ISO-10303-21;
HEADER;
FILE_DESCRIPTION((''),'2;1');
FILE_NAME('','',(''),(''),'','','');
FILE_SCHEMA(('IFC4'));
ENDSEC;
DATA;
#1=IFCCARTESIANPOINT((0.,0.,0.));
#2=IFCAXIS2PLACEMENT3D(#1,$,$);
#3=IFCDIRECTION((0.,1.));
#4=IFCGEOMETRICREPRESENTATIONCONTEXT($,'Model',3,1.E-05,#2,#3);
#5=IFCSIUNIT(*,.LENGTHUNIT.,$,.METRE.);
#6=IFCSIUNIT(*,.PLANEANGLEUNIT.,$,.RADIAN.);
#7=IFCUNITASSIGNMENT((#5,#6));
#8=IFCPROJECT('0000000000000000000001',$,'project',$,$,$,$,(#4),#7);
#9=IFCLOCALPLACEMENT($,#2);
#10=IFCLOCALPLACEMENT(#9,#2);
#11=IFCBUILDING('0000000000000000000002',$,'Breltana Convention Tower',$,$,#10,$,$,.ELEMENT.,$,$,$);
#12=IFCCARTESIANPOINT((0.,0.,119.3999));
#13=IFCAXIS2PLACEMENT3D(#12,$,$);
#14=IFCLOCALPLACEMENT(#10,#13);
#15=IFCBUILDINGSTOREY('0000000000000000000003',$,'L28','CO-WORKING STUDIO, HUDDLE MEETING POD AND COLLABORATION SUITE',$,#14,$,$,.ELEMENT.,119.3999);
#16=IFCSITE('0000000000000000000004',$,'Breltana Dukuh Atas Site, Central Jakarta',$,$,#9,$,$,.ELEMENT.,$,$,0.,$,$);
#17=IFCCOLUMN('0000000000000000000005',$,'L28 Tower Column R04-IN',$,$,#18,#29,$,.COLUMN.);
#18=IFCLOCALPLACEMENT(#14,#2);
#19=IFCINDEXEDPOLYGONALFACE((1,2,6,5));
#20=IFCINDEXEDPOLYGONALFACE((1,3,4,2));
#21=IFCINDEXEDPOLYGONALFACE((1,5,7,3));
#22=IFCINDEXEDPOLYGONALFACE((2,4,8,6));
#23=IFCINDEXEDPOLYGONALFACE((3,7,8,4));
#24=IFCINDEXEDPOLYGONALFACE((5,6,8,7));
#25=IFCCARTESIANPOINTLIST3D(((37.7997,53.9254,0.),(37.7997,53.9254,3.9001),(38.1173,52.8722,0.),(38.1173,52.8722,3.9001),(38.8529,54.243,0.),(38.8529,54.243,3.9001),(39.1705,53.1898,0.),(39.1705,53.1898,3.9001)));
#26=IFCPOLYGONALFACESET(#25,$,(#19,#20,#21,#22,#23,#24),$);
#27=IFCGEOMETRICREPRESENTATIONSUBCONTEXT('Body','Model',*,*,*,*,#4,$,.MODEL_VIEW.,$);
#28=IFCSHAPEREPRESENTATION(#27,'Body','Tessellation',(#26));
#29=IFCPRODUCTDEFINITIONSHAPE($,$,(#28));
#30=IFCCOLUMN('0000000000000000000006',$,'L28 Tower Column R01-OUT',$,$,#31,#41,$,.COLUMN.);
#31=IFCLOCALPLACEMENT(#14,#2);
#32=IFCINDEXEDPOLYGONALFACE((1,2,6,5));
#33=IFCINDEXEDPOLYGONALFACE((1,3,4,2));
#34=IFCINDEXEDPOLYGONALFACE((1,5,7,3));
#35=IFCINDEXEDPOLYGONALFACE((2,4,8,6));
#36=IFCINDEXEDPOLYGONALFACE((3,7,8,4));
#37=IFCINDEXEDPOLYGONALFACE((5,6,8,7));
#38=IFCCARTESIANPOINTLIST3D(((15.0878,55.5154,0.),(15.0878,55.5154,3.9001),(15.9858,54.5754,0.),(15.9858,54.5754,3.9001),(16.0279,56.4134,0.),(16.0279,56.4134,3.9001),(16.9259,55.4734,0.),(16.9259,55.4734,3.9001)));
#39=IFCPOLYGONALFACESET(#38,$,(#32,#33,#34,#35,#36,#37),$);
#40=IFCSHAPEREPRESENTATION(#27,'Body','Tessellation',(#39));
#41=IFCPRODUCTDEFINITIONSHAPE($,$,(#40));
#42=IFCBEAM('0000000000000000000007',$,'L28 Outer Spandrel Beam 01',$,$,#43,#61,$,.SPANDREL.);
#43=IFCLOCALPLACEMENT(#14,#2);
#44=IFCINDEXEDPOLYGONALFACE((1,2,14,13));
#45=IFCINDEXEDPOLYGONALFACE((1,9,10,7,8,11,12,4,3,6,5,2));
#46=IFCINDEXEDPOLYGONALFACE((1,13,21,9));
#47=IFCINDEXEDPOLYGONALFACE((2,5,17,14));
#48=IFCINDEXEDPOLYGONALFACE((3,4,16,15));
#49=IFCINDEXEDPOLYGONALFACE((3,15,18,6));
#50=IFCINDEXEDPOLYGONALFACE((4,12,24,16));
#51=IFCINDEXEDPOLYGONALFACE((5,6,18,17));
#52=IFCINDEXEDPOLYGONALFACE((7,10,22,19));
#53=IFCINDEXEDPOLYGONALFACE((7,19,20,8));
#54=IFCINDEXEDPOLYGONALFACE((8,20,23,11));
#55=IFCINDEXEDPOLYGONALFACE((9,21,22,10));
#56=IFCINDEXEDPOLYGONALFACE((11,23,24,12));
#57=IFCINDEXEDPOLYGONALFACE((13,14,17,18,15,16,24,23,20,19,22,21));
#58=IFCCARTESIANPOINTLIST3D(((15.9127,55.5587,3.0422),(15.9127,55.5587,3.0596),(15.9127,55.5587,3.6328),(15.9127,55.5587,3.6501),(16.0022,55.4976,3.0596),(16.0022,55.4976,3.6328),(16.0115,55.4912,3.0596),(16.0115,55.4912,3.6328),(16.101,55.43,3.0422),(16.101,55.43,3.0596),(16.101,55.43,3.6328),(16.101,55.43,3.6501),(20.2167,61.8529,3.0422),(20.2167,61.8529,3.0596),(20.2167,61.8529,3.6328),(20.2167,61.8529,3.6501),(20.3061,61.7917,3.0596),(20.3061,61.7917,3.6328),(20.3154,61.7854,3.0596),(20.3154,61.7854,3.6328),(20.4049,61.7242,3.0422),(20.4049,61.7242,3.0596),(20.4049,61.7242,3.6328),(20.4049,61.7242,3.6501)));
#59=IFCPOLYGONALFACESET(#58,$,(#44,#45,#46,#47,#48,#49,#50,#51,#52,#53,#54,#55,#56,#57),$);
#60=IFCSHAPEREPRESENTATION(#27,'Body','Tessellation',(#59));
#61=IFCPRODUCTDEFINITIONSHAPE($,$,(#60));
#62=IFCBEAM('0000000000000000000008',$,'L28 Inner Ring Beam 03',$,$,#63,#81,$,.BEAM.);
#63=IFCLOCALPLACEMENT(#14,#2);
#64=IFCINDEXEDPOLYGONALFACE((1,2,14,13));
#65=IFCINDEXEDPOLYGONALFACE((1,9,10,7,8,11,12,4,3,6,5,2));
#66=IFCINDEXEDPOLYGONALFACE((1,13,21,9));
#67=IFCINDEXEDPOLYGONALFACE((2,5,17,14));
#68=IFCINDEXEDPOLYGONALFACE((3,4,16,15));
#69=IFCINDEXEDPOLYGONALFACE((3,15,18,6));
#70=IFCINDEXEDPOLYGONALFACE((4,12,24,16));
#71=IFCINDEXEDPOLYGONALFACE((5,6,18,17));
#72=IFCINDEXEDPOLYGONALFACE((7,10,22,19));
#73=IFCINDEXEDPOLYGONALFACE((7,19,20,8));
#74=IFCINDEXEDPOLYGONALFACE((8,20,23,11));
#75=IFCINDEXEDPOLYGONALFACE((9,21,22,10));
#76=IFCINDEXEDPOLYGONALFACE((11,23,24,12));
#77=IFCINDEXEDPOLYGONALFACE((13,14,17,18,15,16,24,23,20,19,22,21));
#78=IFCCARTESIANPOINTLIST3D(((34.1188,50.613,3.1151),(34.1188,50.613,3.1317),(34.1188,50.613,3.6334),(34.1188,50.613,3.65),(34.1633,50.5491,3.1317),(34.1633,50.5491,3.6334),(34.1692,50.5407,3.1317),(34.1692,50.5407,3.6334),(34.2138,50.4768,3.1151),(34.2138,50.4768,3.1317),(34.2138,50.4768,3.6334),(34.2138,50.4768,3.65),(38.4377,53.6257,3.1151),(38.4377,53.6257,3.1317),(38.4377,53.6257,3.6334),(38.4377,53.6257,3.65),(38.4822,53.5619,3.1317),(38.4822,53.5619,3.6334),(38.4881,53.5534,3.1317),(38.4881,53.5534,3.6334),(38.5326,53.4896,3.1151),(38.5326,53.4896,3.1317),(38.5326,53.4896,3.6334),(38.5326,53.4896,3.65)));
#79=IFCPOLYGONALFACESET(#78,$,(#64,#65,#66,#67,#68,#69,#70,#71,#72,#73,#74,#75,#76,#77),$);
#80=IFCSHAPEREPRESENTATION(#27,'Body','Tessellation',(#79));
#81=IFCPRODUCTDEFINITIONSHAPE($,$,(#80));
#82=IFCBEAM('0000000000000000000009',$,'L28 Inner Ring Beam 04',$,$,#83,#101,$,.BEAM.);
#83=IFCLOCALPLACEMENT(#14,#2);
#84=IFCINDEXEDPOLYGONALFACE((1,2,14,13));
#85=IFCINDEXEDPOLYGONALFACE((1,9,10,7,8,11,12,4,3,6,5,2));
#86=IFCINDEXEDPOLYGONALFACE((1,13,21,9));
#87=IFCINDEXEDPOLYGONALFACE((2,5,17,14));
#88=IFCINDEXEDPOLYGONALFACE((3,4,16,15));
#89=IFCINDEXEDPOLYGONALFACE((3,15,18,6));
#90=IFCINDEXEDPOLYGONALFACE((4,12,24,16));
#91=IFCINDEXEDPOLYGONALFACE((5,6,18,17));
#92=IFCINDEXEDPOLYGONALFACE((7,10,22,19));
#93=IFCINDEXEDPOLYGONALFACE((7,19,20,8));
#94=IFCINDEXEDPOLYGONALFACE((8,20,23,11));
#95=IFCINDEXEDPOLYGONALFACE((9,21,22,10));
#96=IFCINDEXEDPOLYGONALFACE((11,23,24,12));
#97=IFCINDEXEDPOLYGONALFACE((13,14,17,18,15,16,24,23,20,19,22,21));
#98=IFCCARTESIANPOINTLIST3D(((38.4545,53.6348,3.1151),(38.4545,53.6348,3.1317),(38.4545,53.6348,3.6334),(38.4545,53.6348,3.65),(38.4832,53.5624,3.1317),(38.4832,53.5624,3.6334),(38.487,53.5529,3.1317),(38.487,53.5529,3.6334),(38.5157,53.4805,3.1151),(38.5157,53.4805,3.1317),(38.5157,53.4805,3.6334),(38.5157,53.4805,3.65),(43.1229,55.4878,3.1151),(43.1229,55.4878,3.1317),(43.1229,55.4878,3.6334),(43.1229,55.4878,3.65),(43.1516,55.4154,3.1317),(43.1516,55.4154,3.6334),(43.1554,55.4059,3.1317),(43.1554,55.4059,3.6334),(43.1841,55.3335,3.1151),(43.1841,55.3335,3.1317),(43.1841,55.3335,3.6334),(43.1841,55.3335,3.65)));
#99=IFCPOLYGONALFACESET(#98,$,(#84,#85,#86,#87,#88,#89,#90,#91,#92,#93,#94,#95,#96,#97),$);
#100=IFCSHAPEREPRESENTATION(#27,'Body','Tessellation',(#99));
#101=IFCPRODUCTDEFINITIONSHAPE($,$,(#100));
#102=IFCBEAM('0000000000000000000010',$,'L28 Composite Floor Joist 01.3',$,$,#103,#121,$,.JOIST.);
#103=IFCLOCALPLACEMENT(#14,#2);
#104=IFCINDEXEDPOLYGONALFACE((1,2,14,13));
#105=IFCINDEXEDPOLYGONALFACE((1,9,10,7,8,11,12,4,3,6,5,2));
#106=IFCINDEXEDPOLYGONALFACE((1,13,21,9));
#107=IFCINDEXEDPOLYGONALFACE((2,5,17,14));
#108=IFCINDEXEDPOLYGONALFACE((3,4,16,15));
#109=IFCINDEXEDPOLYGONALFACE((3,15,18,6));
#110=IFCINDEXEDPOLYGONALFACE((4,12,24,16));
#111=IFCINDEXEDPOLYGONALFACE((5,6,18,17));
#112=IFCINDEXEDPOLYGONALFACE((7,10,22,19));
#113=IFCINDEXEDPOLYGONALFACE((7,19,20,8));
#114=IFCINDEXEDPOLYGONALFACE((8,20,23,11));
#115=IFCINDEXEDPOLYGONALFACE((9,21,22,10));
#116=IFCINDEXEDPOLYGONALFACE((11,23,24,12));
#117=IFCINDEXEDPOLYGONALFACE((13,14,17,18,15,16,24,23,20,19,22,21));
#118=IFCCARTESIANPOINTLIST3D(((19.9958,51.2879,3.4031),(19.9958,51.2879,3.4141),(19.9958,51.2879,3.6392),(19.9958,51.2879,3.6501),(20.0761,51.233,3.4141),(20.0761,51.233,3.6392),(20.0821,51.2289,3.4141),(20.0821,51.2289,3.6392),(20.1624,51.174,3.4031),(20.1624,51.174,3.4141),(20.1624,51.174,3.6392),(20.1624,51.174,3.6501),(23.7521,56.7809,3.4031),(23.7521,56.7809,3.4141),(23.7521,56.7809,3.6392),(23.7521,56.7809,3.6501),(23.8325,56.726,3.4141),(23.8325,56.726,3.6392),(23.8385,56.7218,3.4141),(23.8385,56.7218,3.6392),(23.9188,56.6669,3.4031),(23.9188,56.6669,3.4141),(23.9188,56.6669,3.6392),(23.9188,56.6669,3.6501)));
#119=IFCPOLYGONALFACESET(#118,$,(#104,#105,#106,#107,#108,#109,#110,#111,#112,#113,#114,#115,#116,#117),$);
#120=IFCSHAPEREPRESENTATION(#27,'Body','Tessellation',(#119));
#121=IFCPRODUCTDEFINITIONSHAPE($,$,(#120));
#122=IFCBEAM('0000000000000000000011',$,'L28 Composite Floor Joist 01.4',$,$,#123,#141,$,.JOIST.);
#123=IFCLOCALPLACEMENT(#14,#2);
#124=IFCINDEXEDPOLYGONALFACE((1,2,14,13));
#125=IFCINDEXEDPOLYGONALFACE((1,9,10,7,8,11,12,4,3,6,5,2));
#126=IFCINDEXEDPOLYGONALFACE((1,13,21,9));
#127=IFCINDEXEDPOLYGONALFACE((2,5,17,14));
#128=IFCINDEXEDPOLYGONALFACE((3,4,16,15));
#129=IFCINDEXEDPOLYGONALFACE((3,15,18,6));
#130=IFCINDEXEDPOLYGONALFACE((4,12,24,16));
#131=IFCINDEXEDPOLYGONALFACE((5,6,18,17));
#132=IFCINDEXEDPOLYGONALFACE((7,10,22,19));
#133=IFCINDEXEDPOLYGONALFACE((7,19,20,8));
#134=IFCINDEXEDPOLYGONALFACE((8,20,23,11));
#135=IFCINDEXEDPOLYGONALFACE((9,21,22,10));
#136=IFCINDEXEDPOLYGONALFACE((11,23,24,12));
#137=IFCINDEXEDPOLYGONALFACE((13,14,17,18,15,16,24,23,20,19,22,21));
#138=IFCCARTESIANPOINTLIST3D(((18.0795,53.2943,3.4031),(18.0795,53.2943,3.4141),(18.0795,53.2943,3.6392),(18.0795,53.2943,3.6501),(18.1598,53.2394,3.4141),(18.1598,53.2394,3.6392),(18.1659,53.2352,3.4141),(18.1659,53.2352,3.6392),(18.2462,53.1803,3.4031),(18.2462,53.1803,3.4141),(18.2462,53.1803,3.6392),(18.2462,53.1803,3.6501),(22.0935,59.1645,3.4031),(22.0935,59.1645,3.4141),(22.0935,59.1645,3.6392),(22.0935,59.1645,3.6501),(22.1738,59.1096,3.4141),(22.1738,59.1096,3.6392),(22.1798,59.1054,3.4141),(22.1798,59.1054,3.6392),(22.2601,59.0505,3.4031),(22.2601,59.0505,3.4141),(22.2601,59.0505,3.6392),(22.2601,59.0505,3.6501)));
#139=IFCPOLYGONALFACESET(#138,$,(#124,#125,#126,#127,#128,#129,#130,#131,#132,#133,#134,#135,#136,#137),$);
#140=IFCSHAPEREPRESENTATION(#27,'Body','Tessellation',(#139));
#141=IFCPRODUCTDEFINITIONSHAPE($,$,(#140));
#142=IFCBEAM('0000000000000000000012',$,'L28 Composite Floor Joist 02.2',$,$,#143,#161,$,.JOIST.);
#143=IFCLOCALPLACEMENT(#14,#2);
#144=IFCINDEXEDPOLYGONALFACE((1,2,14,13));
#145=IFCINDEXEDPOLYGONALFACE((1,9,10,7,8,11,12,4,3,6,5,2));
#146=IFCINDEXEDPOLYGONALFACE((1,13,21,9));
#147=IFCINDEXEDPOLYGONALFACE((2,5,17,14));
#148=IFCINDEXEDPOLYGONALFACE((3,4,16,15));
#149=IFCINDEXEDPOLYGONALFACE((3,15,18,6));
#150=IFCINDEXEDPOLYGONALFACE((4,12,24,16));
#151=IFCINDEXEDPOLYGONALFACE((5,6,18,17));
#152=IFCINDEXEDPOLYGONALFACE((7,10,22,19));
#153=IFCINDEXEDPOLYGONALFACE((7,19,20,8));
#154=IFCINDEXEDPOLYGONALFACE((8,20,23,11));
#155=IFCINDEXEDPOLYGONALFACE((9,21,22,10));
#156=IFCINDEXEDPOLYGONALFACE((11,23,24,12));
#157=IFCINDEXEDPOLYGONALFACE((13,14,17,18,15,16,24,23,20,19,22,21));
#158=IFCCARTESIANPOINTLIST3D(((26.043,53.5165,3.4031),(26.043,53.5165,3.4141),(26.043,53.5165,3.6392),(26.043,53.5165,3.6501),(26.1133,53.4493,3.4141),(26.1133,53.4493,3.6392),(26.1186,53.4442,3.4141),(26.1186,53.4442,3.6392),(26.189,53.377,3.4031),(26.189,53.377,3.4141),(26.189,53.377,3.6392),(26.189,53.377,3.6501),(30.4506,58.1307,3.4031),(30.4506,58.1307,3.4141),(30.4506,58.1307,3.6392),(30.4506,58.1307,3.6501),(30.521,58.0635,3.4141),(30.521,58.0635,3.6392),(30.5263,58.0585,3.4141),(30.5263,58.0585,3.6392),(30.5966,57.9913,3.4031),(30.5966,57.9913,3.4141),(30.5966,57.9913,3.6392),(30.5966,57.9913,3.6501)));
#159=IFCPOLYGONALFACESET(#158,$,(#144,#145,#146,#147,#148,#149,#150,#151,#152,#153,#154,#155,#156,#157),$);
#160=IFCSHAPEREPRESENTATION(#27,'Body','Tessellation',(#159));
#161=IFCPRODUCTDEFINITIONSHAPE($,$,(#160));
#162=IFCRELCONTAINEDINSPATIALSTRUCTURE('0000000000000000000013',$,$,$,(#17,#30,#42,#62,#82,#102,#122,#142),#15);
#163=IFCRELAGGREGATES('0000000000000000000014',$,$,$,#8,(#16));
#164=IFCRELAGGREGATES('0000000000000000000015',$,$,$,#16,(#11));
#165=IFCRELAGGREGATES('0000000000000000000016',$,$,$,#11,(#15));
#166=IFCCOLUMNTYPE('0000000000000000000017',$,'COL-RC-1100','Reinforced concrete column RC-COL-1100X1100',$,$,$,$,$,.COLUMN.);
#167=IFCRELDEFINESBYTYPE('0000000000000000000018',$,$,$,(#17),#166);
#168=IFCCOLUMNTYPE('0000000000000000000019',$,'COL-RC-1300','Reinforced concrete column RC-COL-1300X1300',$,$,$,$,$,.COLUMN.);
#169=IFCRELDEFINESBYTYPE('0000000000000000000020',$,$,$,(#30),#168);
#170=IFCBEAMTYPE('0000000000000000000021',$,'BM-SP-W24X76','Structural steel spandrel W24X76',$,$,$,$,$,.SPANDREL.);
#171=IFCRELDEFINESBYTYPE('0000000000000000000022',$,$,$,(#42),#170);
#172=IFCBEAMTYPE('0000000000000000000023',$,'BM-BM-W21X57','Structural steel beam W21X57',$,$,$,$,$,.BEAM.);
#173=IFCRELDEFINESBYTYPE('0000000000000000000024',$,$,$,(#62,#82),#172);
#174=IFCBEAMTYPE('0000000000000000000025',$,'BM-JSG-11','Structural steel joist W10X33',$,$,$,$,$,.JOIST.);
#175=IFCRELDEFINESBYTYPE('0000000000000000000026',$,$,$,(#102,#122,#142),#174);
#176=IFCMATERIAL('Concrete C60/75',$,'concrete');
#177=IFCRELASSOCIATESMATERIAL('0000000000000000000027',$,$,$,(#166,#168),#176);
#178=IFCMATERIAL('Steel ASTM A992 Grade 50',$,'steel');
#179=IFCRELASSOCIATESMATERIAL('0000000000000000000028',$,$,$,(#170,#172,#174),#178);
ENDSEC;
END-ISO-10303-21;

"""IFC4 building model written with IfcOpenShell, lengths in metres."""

from ifc_helpers import new_model, si_unit, direction, frame, origin, origin_2d, place, context, subcontext, project, spatial, rectangle, i_section, extrude, source, transform, mapped, material, material_profile, profile_set, type_object, type_shapes, element, save


model = new_model("IFC4")

# Units and contexts
model_context = context("Model", 3, precision=1e-05, world=origin(), true_north=direction((0.0, 1.0)))
body_context = subcontext(model_context, "Body", "Model", "MODEL_VIEW")
ifc_project = project(units=[si_unit("LENGTHUNIT", "METRE"), si_unit("PLANEANGLEUNIT", "RADIAN")], contexts=[model_context])

# Site, building, storey
site_placement = place(None, origin())
site = spatial("IfcSite", under=ifc_project, at=site_placement, Name="Breltana Dukuh Atas Site, Central Jakarta", CompositionType="ELEMENT", RefElevation=0.0)
building_placement = place(site_placement, origin())
building = spatial("IfcBuilding", under=site, at=building_placement, Name="Breltana Convention Tower", CompositionType="ELEMENT")
storey_placement = place(building_placement, frame((0.0, 0.0, 119.3999)))
storey = spatial("IfcBuildingStorey", under=building, at=storey_placement, Name="L28", Description="CO-WORKING STUDIO, HUDDLE MEETING POD AND COLLABORATION SUITE", CompositionType="ELEMENT", Elevation=119.3999)

# Columns
ifc_material_1 = material(Name="Concrete C60/75", Category="concrete")
ifc_material_profile_1 = material_profile(ifc_material_1, rectangle(XDim=1.1001, YDim=1.1001, at=origin_2d()), Name="RC-COL-1100X1100")
ifc_profile_set_1 = profile_set([ifc_material_profile_1], Name="Concrete C60/75")
column_type_1 = type_object("IfcColumnType", Name="COL-RC-1100", Description="Reinforced concrete column RC-COL-1100X1100", PredefinedType="COLUMN", material=ifc_profile_set_1)
shared_shape_1 = source(origin(), body_context, "Body", "SweptSolid", [
    extrude(rectangle(XDim=1.1001, YDim=1.1001, at=origin_2d()), origin(), (0.0, 0.0, 1.0), 3.9001),
])
column_1_placement = place(storey_placement, frame((38.4851, 53.5576, 0.0), z_axis=(0.0, 0.0, 1.0), x_axis=(-0.288698, 0.95742, 0.0)))
element("IfcColumn", 1, at=column_1_placement, inside=storey, type_object=column_type_1, Name="L28 Tower Column R04-IN", PredefinedType="COLUMN", context=body_context, shape_type="MappedRepresentation", body=[
    mapped(shared_shape_1, transform((0.0, 0.0, 0.0), scale=1.0)),
])
ifc_material_profile_2 = material_profile(ifc_material_1, rectangle(XDim=1.3, YDim=1.3, at=origin_2d()), Name="RC-COL-1300X1300")
ifc_profile_set_2 = profile_set([ifc_material_profile_2], Name="Concrete C60/75")
column_type_2 = type_object("IfcColumnType", Name="COL-RC-1300", Description="Reinforced concrete column RC-COL-1300X1300", PredefinedType="COLUMN", material=ifc_profile_set_2)
shared_shape_2 = source(origin(), body_context, "Body", "SweptSolid", [
    extrude(rectangle(XDim=1.3, YDim=1.3, at=origin_2d()), origin(), (0.0, 0.0, 1.0), 3.9001),
])
column_2_placement = place(storey_placement, frame((16.0068, 55.4944, 0.0), z_axis=(0.0, 0.0, 1.0), x_axis=(-0.690756, 0.723088, 0.0)))
element("IfcColumn", 2, at=column_2_placement, inside=storey, type_object=column_type_2, Name="L28 Tower Column R01-OUT", PredefinedType="COLUMN", context=body_context, shape_type="MappedRepresentation", body=[
    mapped(shared_shape_2, transform((0.0, 0.0, 0.0), scale=1.0)),
])

# Beams
ifc_material_2 = material(Name="Steel ASTM A992 Grade 50", Category="steel")
ifc_material_profile_3 = material_profile(ifc_material_2, i_section(OverallWidth=0.228, OverallDepth=0.6079, WebThickness=0.0112, FlangeThickness=0.0173, at=origin_2d()), Name="W24X76")
ifc_profile_set_3 = profile_set([ifc_material_profile_3], Name="Steel ASTM A992 Grade 50")
beam_type_1 = type_object("IfcBeamType", Name="BM-SP-W24X76", Description="Structural steel spandrel W24X76", PredefinedType="SPANDREL", material=ifc_profile_set_3)
shared_shape_3 = source(origin(), body_context, "Body", "SweptSolid", [
    extrude(i_section(OverallWidth=0.228, OverallDepth=0.6079, WebThickness=0.0112, FlangeThickness=0.0173, at=origin_2d()), origin(), (0.0, 0.0, 1.0), 7.625),
])
type_shapes(beam_type_1, [shared_shape_3])
beam_1_placement = place(storey_placement, frame((16.0068, 55.4944, 3.3462), z_axis=(0.564452, 0.825466, 0.0), x_axis=(-0.825466, 0.564452, 0.0)))
element("IfcBeam", 3, at=beam_1_placement, inside=storey, type_object=beam_type_1, Name="L28 Outer Spandrel Beam 01", PredefinedType="SPANDREL", context=body_context, shape_type="MappedRepresentation", body=[
    mapped(shared_shape_3, transform((0.0, 0.0, 0.0), scale=1.0)),
])
ifc_material_profile_4 = material_profile(ifc_material_2, i_section(OverallWidth=0.166, OverallDepth=0.5349, WebThickness=0.0103, FlangeThickness=0.0166, at=origin_2d()), Name="W21X57")
ifc_profile_set_4 = profile_set([ifc_material_profile_4], Name="Steel ASTM A992 Grade 50")
beam_type_2 = type_object("IfcBeamType", Name="BM-BM-W21X57", Description="Structural steel beam W21X57", PredefinedType="BEAM", material=ifc_profile_set_4)
shared_shape_4 = source(origin(), body_context, "Body", "SweptSolid", [
    extrude(i_section(OverallWidth=0.166, OverallDepth=0.5349, WebThickness=0.0103, FlangeThickness=0.0166, at=origin_2d()), origin(), (0.0, 0.0, 1.0), 5.2659),
])
beam_2_placement = place(storey_placement, frame((34.1663, 50.5449, 3.3826), z_axis=(0.820167, 0.572124, 0.0), x_axis=(-0.572124, 0.820167, 0.0)))
element("IfcBeam", 4, at=beam_2_placement, inside=storey, type_object=beam_type_2, Name="L28 Inner Ring Beam 03", PredefinedType="BEAM", context=body_context, shape_type="MappedRepresentation", body=[
    mapped(shared_shape_4, transform((0.0, 0.0, 0.0), scale=1.0)),
])
shared_shape_5 = source(origin(), body_context, "Body", "SweptSolid", [
    extrude(i_section(OverallWidth=0.166, OverallDepth=0.5349, WebThickness=0.0103, FlangeThickness=0.0166, at=origin_2d()), origin(), (0.0, 0.0, 1.0), 5.0227),
])
beam_3_placement = place(storey_placement, frame((38.4851, 53.5576, 3.3826), z_axis=(0.929459, 0.368926, 0.0), x_axis=(-0.368926, 0.929459, 0.0)))
element("IfcBeam", 5, at=beam_3_placement, inside=storey, type_object=beam_type_2, Name="L28 Inner Ring Beam 04", PredefinedType="BEAM", context=body_context, shape_type="MappedRepresentation", body=[
    mapped(shared_shape_5, transform((0.0, 0.0, 0.0), scale=1.0)),
])
ifc_material_profile_5 = material_profile(ifc_material_2, i_section(OverallWidth=0.2019, OverallDepth=0.2471, WebThickness=0.0073, FlangeThickness=0.011, at=origin_2d()), Name="W10X33")
ifc_profile_set_5 = profile_set([ifc_material_profile_5], Name="Steel ASTM A992 Grade 50")
beam_type_3 = type_object("IfcBeamType", Name="BM-JSG-11", Description="Structural steel joist W10X33", PredefinedType="JOIST", material=ifc_profile_set_5)
shared_shape_6 = source(origin(), body_context, "Body", "SweptSolid", [
    extrude(i_section(OverallWidth=0.2019, OverallDepth=0.2471, WebThickness=0.0073, FlangeThickness=0.011, at=origin_2d()), origin(), (0.0, 0.0, 1.0), 6.6545),
])
beam_4_placement = place(storey_placement, frame((20.0791, 51.231, 3.5266), z_axis=(0.564483, 0.825445, 0.0), x_axis=(-0.825445, 0.564483, 0.0)))
element("IfcBeam", 6, at=beam_4_placement, inside=storey, type_object=beam_type_3, Name="L28 Composite Floor Joist 01.3", PredefinedType="JOIST", context=body_context, shape_type="MappedRepresentation", body=[
    mapped(shared_shape_6, transform((0.0, 0.0, 0.0), scale=1.0)),
])
shared_shape_7 = source(origin(), body_context, "Body", "SweptSolid", [
    extrude(i_section(OverallWidth=0.2019, OverallDepth=0.2471, WebThickness=0.0073, FlangeThickness=0.011, at=origin_2d()), origin(), (0.0, 0.0, 1.0), 7.1113),
])
beam_5_placement = place(storey_placement, frame((18.1628, 53.2373, 3.5266), z_axis=(0.564446, 0.82547, 0.0), x_axis=(-0.82547, 0.564446, 0.0)))
element("IfcBeam", 7, at=beam_5_placement, inside=storey, type_object=beam_type_3, Name="L28 Composite Floor Joist 01.4", PredefinedType="JOIST", context=body_context, shape_type="MappedRepresentation", body=[
    mapped(shared_shape_7, transform((0.0, 0.0, 0.0), scale=1.0)),
])
shared_shape_8 = source(origin(), body_context, "Body", "SweptSolid", [
    extrude(i_section(OverallWidth=0.2019, OverallDepth=0.2471, WebThickness=0.0073, FlangeThickness=0.011, at=origin_2d()), origin(), (0.0, 0.0, 1.0), 6.3811),
])
beam_6_placement = place(storey_placement, frame((26.116, 53.4468, 3.5266), z_axis=(0.690738, 0.723105, 0.0), x_axis=(-0.723105, 0.690738, 0.0)))
element("IfcBeam", 8, at=beam_6_placement, inside=storey, type_object=beam_type_3, Name="L28 Composite Floor Joist 02.2", PredefinedType="JOIST", context=body_context, shape_type="MappedRepresentation", body=[
    mapped(shared_shape_8, transform((0.0, 0.0, 0.0), scale=1.0)),
])

save(model, "model.ifc")
